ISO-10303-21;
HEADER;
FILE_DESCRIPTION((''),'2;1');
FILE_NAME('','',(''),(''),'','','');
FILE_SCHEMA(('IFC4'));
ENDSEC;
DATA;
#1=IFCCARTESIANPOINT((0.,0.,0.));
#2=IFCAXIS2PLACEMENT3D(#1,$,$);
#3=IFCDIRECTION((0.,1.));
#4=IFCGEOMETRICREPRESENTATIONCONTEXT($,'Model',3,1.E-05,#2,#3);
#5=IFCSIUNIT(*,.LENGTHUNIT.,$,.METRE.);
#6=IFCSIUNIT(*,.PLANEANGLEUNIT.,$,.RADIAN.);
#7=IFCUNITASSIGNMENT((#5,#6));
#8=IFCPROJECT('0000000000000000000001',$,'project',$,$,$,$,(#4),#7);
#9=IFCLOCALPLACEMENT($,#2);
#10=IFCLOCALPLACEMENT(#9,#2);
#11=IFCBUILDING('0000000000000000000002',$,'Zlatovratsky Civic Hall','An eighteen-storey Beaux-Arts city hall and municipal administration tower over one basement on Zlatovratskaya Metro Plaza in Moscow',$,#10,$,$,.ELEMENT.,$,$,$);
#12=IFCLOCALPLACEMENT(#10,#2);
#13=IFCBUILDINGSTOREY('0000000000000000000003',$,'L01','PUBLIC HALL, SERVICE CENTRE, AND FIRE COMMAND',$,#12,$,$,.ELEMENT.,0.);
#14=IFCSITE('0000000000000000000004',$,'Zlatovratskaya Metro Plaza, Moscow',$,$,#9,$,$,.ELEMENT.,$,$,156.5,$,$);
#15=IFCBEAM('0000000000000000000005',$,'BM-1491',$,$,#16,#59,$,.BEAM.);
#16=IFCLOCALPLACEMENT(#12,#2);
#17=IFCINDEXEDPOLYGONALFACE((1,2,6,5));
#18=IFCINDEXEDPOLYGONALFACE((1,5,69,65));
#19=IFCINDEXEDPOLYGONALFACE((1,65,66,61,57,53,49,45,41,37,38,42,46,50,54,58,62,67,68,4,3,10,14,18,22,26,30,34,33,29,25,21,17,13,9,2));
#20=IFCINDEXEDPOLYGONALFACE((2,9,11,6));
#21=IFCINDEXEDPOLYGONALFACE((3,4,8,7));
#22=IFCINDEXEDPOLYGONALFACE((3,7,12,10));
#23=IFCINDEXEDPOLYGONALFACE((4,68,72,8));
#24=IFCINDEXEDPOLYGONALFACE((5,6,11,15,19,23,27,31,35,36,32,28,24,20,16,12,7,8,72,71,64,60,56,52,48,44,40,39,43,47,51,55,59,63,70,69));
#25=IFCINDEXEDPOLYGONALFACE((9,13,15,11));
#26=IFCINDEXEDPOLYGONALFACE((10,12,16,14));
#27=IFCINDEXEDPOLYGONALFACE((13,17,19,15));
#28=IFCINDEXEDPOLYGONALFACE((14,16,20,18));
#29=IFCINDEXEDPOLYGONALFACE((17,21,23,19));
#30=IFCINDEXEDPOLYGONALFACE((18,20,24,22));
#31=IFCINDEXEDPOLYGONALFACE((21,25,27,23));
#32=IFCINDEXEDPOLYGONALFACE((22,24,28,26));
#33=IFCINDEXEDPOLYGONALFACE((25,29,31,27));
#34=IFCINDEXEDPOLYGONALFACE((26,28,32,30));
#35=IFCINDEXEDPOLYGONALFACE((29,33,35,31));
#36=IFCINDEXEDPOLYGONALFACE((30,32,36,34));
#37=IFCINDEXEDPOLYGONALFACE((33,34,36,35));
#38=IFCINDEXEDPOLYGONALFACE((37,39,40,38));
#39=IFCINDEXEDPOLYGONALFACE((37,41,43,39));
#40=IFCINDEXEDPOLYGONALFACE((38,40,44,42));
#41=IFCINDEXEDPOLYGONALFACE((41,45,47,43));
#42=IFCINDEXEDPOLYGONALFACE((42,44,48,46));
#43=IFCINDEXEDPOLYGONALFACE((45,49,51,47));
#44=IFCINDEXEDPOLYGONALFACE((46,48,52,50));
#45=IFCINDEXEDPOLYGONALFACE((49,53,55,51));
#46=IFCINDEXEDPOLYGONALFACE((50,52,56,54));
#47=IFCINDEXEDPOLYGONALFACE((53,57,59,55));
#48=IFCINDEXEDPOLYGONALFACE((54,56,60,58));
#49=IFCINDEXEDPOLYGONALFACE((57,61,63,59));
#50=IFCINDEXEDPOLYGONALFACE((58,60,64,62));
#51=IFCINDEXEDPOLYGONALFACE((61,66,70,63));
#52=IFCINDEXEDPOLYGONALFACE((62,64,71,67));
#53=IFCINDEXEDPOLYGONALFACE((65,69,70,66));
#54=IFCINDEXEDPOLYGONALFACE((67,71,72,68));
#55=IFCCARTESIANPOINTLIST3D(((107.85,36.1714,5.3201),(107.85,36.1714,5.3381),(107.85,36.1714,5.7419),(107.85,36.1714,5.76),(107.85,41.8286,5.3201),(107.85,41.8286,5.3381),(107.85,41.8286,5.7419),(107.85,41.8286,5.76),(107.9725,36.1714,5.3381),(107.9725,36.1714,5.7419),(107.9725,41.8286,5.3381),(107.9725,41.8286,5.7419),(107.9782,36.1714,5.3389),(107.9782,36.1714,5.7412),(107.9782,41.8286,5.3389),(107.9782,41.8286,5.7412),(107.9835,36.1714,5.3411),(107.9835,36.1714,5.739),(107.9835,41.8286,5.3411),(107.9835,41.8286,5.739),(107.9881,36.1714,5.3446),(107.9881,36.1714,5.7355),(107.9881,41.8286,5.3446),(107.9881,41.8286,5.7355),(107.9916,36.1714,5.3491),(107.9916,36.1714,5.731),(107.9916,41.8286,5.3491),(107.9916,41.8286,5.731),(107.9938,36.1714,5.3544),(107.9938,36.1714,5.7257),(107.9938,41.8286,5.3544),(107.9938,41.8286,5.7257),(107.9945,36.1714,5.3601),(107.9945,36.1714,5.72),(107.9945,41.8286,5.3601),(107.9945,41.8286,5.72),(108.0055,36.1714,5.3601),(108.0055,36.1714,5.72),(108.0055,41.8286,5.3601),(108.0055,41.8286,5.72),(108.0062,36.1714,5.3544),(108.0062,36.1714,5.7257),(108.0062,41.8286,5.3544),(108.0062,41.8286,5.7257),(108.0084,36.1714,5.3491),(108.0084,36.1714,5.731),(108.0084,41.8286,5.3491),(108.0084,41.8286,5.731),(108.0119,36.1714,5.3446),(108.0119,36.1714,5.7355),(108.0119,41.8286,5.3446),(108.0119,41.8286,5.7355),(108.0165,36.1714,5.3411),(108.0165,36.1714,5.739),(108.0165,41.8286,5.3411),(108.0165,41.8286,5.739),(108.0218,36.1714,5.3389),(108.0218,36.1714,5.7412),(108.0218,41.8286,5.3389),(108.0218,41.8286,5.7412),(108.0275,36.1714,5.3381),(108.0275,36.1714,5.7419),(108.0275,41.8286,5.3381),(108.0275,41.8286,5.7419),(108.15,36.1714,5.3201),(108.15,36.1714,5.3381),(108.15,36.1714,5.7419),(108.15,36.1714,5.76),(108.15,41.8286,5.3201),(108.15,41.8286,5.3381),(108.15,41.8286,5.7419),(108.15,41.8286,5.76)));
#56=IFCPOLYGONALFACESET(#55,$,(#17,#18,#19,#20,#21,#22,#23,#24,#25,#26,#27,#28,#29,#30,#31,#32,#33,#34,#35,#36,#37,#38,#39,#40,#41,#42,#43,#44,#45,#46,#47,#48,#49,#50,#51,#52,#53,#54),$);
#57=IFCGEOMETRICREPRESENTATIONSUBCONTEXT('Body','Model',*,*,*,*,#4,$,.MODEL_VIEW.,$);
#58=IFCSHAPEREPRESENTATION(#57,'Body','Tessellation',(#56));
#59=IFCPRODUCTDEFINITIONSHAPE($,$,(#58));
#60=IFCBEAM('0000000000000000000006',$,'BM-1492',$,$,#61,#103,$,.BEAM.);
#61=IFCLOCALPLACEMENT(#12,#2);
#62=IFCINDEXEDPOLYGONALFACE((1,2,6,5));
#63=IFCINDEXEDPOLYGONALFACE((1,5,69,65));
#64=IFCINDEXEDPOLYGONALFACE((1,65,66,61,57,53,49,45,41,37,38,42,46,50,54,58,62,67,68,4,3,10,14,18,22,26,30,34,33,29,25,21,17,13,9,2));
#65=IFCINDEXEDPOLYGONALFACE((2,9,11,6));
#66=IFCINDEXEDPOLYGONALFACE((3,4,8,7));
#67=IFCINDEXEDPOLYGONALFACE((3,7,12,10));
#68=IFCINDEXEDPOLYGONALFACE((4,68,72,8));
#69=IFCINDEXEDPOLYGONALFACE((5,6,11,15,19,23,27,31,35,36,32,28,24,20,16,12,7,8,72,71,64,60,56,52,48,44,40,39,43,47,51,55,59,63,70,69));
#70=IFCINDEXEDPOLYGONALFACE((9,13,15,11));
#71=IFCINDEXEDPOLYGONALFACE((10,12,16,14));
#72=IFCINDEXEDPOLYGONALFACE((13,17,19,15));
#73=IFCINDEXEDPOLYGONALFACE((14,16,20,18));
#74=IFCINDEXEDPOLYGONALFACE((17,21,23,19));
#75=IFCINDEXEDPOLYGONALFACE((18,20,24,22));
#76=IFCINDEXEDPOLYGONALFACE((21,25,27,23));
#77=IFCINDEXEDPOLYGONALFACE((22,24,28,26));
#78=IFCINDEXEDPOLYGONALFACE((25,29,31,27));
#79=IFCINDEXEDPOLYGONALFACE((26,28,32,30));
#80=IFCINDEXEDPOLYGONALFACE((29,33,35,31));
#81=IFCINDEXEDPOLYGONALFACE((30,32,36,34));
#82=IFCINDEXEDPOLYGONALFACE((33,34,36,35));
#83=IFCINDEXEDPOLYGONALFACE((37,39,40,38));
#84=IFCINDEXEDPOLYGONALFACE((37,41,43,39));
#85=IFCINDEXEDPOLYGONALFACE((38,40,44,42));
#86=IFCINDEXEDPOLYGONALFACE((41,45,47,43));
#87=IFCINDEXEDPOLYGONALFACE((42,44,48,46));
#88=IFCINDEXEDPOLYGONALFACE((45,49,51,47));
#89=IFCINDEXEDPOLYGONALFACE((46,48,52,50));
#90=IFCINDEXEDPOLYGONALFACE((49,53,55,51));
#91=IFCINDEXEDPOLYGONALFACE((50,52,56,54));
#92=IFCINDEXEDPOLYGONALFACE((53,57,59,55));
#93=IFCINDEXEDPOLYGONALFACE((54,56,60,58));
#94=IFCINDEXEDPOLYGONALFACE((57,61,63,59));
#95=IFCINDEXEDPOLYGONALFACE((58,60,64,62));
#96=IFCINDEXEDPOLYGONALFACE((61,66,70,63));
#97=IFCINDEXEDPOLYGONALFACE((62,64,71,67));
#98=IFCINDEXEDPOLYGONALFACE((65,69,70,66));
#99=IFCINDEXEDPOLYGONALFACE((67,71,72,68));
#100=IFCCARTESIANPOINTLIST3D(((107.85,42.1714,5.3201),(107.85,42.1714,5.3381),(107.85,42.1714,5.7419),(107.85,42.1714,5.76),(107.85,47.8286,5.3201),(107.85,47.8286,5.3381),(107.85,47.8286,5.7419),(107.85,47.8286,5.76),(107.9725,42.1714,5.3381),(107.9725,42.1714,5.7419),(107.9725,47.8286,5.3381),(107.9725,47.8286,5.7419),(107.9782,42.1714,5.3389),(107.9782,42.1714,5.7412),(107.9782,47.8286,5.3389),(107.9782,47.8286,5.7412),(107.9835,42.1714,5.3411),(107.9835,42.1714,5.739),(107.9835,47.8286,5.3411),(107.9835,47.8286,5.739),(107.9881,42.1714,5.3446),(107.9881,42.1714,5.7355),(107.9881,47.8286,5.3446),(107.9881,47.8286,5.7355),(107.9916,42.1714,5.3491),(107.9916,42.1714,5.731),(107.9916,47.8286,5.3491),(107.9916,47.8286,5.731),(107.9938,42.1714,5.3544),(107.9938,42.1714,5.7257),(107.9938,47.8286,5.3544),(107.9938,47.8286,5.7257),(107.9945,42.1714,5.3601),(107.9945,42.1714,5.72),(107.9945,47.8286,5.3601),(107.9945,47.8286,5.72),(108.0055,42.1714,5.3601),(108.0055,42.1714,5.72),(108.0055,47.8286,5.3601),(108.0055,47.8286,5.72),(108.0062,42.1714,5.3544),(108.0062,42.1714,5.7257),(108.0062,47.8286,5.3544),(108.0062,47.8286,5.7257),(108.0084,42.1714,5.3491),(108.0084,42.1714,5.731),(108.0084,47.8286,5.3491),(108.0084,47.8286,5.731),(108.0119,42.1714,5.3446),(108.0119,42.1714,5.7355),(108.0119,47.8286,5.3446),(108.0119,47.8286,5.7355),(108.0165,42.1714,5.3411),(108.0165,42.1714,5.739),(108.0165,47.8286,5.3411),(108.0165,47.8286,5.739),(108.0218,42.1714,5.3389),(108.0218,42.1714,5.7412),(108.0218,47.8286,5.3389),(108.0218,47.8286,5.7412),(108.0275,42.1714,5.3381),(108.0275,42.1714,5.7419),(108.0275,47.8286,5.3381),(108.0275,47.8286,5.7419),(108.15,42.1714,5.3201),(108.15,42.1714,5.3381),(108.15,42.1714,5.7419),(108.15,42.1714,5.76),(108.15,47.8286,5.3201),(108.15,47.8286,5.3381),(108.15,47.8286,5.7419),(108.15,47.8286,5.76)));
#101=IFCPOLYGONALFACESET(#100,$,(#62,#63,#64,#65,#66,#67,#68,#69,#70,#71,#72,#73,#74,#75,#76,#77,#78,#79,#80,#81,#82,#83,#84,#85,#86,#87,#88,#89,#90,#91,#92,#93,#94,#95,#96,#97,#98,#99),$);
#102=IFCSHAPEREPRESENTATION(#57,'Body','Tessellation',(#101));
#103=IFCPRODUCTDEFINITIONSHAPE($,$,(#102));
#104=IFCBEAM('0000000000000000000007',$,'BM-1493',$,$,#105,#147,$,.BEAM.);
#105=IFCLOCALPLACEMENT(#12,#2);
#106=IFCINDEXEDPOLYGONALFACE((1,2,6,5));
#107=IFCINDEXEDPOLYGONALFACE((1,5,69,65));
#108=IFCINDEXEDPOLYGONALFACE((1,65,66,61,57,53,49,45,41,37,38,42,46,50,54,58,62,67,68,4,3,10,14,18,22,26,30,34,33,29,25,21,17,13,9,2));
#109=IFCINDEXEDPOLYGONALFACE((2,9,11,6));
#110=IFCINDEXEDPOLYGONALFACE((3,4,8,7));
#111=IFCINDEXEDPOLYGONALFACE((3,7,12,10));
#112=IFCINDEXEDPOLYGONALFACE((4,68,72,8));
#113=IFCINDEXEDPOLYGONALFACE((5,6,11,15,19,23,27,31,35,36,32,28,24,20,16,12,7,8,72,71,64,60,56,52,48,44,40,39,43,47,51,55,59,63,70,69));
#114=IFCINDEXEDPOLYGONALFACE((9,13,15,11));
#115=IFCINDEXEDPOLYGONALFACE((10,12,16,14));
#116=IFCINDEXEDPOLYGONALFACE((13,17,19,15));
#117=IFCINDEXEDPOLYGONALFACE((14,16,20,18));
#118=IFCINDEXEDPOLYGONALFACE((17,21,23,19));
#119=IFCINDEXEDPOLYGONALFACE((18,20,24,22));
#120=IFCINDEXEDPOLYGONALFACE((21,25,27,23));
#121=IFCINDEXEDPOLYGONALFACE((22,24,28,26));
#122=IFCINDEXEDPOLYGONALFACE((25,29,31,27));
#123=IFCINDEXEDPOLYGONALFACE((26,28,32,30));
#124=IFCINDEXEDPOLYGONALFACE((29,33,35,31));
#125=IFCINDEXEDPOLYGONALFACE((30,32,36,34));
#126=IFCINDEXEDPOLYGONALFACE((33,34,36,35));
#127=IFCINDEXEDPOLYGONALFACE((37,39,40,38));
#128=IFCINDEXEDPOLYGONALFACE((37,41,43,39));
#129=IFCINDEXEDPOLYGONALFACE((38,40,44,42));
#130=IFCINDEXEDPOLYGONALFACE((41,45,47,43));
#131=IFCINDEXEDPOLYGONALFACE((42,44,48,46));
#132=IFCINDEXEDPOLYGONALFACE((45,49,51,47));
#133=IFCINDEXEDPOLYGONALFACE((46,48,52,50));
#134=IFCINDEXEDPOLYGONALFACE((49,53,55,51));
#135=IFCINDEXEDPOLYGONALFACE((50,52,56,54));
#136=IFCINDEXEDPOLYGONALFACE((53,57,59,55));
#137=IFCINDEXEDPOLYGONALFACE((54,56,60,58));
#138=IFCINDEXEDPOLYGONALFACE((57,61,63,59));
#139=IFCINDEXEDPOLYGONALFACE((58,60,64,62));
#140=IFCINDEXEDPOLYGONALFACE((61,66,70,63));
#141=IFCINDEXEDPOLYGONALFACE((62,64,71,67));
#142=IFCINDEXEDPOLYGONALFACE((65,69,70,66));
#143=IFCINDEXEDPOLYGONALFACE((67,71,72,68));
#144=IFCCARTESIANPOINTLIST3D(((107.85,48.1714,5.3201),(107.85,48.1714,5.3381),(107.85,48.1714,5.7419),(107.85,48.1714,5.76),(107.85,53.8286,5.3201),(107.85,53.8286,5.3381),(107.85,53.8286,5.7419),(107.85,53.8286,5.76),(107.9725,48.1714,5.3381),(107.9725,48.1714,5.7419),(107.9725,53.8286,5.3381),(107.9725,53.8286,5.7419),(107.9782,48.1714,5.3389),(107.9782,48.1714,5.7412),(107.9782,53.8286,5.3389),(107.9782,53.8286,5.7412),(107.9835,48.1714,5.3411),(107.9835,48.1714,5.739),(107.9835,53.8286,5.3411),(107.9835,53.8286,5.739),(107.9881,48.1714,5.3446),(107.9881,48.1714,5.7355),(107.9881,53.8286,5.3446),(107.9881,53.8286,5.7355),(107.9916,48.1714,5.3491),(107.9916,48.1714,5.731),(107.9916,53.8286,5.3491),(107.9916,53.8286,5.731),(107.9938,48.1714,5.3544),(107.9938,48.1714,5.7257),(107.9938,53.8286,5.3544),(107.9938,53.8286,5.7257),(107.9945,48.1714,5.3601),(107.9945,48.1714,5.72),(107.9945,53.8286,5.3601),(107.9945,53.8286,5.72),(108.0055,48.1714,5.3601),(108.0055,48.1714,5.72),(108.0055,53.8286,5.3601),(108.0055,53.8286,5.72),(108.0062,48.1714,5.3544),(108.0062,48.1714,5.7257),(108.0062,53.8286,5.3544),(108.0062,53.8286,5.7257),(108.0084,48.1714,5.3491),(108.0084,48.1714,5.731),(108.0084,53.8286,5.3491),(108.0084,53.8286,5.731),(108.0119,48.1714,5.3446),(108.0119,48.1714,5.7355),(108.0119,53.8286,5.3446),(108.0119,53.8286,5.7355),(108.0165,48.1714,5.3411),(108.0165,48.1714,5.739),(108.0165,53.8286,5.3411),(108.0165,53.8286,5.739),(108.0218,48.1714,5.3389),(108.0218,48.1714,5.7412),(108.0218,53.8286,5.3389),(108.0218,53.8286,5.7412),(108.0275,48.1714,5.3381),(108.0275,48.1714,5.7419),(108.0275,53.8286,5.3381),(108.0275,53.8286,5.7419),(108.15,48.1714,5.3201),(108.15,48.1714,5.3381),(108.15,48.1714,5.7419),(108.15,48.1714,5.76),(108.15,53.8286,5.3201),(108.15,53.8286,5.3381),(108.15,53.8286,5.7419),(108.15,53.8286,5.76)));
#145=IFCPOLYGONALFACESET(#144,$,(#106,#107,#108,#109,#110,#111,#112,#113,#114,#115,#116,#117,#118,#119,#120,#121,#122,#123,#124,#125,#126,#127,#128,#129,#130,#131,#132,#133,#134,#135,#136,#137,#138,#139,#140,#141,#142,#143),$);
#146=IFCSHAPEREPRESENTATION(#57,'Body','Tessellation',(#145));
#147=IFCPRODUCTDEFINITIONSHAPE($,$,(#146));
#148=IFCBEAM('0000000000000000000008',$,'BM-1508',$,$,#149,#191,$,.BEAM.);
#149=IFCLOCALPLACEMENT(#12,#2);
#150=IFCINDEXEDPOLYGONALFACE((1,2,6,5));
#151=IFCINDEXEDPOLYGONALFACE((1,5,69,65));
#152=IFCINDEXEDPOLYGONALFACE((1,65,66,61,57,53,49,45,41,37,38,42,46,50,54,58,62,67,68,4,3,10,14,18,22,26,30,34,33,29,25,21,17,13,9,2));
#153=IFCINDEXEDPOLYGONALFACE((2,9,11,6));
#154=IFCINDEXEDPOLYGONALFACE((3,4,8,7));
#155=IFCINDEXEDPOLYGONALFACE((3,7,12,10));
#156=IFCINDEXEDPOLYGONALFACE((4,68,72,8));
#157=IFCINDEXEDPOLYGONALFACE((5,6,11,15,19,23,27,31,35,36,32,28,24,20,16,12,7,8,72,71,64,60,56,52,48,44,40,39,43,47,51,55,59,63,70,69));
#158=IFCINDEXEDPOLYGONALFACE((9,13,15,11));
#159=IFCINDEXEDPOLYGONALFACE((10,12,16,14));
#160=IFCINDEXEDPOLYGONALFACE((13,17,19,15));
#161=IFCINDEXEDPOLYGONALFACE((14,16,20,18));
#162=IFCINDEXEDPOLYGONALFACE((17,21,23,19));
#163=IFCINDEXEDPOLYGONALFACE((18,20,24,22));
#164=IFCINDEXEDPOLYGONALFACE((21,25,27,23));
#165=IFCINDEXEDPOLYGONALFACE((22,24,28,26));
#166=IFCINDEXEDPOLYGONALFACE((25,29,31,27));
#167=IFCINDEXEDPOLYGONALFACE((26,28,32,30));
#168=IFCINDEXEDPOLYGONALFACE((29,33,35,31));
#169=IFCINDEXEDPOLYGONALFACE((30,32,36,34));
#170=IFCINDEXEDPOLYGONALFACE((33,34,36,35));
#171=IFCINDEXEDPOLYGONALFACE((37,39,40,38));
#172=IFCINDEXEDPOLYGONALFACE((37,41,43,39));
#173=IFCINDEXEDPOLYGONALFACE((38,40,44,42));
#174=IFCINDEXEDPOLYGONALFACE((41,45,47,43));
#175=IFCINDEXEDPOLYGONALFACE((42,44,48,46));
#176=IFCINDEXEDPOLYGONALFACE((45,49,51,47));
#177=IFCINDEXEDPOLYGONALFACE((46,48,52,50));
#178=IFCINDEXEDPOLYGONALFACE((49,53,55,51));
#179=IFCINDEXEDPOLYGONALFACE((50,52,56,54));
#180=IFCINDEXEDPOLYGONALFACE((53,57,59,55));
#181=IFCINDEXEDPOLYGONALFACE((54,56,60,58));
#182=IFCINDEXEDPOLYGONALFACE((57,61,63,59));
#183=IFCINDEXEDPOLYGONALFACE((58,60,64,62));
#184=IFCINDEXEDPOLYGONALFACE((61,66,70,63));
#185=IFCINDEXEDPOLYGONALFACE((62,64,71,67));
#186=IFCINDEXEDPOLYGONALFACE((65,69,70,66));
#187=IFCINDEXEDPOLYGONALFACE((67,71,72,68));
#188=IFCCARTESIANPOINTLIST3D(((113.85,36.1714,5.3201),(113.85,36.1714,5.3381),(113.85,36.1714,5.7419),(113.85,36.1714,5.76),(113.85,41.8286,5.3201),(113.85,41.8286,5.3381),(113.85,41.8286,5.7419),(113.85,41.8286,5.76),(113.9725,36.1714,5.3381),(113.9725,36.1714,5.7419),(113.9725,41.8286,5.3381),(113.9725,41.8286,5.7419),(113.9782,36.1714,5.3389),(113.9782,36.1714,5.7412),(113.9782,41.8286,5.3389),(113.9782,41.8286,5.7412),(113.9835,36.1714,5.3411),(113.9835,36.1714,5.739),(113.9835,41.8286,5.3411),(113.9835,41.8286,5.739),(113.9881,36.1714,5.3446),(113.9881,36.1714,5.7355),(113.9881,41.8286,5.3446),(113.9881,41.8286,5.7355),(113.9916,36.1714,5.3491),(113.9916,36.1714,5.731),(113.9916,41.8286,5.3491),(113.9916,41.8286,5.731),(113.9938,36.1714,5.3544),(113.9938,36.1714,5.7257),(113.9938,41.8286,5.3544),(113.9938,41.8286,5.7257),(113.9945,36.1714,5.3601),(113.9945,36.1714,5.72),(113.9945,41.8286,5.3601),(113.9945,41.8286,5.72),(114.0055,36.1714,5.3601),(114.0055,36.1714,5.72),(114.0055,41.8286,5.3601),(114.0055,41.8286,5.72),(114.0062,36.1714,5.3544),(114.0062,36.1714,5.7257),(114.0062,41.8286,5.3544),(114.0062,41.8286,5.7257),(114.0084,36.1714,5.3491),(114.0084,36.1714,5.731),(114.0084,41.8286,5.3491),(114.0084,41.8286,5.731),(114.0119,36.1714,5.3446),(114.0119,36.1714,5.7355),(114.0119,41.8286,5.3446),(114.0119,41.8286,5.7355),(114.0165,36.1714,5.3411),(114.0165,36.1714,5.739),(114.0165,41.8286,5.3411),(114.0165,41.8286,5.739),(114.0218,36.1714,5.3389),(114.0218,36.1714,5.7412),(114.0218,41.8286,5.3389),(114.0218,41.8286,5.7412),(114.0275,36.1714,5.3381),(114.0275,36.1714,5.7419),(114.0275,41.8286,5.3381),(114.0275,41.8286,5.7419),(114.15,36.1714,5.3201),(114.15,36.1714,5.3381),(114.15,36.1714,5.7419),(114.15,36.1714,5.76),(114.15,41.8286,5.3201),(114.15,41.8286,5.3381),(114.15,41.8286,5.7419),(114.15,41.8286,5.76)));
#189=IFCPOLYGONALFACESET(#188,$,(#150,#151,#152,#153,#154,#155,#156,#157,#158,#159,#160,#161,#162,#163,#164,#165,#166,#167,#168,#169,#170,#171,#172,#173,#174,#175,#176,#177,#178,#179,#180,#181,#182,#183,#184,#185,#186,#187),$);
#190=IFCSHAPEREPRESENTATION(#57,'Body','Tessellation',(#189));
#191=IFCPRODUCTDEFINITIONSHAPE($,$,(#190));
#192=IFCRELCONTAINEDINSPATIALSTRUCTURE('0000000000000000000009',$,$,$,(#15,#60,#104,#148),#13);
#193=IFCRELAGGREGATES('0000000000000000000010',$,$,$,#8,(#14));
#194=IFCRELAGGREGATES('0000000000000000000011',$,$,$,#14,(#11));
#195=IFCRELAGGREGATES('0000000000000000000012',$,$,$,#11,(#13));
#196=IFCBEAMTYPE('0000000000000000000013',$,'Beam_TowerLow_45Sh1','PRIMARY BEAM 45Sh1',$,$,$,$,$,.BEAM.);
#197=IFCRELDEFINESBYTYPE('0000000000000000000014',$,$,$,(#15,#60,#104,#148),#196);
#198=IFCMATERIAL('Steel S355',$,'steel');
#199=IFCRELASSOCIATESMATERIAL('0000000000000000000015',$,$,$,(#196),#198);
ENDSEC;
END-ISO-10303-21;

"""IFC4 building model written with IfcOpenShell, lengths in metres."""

from ifc_helpers import new_model, si_unit, direction, frame, origin, origin_2d, place, context, subcontext, project, spatial, i_section, extrude, material, material_profile, profile_set, type_object, element, save


model = new_model("IFC4")

# Units and contexts
model_context = context("Model", 3, precision=1e-05, world=origin(), true_north=direction((0.0, 1.0)))
body_context = subcontext(model_context, "Body", "Model", "MODEL_VIEW")
ifc_project = project(units=[si_unit("LENGTHUNIT", "METRE"), si_unit("PLANEANGLEUNIT", "RADIAN")], contexts=[model_context])

# Site, building, storey
site_placement = place(None, origin())
site = spatial("IfcSite", under=ifc_project, at=site_placement, Name="Zlatovratskaya Metro Plaza, Moscow", CompositionType="ELEMENT", RefElevation=156.5)
building_placement = place(site_placement, origin())
building = spatial("IfcBuilding", under=site, at=building_placement, Name="Zlatovratsky Civic Hall", Description="An eighteen-storey Beaux-Arts city hall and municipal administration tower over one basement on Zlatovratskaya Metro Plaza in Moscow", CompositionType="ELEMENT")
storey_placement = place(building_placement, origin())
storey = spatial("IfcBuildingStorey", under=building, at=storey_placement, Name="L01", Description="PUBLIC HALL, SERVICE CENTRE, AND FIRE COMMAND", CompositionType="ELEMENT", Elevation=0.0)

# Shared definitions
ifc_material_1 = material(Name="Steel S355", Category="steel")

# Beams
ifc_material_profile_1 = material_profile(ifc_material_1, i_section(OverallWidth=0.3, OverallDepth=0.4399, WebThickness=0.011, FlangeThickness=0.0181, FilletRadius=0.022, at=origin_2d()), Name="45Sh1")
ifc_profile_set_1 = profile_set([ifc_material_profile_1], Name="Steel S355")
beam_type = type_object("IfcBeamType", Name="Beam_TowerLow_45Sh1", Description="PRIMARY BEAM 45Sh1", PredefinedType="BEAM", material=ifc_profile_set_1)
for number, where, z_axis, x_axis, name in (
    (1, (108.0, 36.1714, 5.54), (0.0, 1.0, 0.0), (-1.0, 0.0, 0.0), "BM-1491"),
    (2, (108.0, 42.1714, 5.54), (0.0, 1.0, 0.0), (-1.0, 0.0, 0.0), "BM-1492"),
    (3, (108.0, 48.1714, 5.54), (0.0, 1.0, 0.0), (-1.0, 0.0, 0.0), "BM-1493"),
    (4, (114.0, 36.1714, 5.54), (0.0, 1.0, 0.0), (-1.0, 0.0, 0.0), "BM-1508"),
):
    element("IfcBeam", number, at=place(storey_placement, frame(where, z_axis=z_axis, x_axis=x_axis)), inside=storey, type_object=beam_type, Name=name, PredefinedType="BEAM", context=body_context, shape_type="SweptSolid", body=[
        extrude(i_section(OverallWidth=0.3, OverallDepth=0.4399, WebThickness=0.011, FlangeThickness=0.0181, FilletRadius=0.022, at=origin_2d()), origin(), (0.0, 0.0, 1.0), 5.6572),
    ])

save(model, "model.ifc")
